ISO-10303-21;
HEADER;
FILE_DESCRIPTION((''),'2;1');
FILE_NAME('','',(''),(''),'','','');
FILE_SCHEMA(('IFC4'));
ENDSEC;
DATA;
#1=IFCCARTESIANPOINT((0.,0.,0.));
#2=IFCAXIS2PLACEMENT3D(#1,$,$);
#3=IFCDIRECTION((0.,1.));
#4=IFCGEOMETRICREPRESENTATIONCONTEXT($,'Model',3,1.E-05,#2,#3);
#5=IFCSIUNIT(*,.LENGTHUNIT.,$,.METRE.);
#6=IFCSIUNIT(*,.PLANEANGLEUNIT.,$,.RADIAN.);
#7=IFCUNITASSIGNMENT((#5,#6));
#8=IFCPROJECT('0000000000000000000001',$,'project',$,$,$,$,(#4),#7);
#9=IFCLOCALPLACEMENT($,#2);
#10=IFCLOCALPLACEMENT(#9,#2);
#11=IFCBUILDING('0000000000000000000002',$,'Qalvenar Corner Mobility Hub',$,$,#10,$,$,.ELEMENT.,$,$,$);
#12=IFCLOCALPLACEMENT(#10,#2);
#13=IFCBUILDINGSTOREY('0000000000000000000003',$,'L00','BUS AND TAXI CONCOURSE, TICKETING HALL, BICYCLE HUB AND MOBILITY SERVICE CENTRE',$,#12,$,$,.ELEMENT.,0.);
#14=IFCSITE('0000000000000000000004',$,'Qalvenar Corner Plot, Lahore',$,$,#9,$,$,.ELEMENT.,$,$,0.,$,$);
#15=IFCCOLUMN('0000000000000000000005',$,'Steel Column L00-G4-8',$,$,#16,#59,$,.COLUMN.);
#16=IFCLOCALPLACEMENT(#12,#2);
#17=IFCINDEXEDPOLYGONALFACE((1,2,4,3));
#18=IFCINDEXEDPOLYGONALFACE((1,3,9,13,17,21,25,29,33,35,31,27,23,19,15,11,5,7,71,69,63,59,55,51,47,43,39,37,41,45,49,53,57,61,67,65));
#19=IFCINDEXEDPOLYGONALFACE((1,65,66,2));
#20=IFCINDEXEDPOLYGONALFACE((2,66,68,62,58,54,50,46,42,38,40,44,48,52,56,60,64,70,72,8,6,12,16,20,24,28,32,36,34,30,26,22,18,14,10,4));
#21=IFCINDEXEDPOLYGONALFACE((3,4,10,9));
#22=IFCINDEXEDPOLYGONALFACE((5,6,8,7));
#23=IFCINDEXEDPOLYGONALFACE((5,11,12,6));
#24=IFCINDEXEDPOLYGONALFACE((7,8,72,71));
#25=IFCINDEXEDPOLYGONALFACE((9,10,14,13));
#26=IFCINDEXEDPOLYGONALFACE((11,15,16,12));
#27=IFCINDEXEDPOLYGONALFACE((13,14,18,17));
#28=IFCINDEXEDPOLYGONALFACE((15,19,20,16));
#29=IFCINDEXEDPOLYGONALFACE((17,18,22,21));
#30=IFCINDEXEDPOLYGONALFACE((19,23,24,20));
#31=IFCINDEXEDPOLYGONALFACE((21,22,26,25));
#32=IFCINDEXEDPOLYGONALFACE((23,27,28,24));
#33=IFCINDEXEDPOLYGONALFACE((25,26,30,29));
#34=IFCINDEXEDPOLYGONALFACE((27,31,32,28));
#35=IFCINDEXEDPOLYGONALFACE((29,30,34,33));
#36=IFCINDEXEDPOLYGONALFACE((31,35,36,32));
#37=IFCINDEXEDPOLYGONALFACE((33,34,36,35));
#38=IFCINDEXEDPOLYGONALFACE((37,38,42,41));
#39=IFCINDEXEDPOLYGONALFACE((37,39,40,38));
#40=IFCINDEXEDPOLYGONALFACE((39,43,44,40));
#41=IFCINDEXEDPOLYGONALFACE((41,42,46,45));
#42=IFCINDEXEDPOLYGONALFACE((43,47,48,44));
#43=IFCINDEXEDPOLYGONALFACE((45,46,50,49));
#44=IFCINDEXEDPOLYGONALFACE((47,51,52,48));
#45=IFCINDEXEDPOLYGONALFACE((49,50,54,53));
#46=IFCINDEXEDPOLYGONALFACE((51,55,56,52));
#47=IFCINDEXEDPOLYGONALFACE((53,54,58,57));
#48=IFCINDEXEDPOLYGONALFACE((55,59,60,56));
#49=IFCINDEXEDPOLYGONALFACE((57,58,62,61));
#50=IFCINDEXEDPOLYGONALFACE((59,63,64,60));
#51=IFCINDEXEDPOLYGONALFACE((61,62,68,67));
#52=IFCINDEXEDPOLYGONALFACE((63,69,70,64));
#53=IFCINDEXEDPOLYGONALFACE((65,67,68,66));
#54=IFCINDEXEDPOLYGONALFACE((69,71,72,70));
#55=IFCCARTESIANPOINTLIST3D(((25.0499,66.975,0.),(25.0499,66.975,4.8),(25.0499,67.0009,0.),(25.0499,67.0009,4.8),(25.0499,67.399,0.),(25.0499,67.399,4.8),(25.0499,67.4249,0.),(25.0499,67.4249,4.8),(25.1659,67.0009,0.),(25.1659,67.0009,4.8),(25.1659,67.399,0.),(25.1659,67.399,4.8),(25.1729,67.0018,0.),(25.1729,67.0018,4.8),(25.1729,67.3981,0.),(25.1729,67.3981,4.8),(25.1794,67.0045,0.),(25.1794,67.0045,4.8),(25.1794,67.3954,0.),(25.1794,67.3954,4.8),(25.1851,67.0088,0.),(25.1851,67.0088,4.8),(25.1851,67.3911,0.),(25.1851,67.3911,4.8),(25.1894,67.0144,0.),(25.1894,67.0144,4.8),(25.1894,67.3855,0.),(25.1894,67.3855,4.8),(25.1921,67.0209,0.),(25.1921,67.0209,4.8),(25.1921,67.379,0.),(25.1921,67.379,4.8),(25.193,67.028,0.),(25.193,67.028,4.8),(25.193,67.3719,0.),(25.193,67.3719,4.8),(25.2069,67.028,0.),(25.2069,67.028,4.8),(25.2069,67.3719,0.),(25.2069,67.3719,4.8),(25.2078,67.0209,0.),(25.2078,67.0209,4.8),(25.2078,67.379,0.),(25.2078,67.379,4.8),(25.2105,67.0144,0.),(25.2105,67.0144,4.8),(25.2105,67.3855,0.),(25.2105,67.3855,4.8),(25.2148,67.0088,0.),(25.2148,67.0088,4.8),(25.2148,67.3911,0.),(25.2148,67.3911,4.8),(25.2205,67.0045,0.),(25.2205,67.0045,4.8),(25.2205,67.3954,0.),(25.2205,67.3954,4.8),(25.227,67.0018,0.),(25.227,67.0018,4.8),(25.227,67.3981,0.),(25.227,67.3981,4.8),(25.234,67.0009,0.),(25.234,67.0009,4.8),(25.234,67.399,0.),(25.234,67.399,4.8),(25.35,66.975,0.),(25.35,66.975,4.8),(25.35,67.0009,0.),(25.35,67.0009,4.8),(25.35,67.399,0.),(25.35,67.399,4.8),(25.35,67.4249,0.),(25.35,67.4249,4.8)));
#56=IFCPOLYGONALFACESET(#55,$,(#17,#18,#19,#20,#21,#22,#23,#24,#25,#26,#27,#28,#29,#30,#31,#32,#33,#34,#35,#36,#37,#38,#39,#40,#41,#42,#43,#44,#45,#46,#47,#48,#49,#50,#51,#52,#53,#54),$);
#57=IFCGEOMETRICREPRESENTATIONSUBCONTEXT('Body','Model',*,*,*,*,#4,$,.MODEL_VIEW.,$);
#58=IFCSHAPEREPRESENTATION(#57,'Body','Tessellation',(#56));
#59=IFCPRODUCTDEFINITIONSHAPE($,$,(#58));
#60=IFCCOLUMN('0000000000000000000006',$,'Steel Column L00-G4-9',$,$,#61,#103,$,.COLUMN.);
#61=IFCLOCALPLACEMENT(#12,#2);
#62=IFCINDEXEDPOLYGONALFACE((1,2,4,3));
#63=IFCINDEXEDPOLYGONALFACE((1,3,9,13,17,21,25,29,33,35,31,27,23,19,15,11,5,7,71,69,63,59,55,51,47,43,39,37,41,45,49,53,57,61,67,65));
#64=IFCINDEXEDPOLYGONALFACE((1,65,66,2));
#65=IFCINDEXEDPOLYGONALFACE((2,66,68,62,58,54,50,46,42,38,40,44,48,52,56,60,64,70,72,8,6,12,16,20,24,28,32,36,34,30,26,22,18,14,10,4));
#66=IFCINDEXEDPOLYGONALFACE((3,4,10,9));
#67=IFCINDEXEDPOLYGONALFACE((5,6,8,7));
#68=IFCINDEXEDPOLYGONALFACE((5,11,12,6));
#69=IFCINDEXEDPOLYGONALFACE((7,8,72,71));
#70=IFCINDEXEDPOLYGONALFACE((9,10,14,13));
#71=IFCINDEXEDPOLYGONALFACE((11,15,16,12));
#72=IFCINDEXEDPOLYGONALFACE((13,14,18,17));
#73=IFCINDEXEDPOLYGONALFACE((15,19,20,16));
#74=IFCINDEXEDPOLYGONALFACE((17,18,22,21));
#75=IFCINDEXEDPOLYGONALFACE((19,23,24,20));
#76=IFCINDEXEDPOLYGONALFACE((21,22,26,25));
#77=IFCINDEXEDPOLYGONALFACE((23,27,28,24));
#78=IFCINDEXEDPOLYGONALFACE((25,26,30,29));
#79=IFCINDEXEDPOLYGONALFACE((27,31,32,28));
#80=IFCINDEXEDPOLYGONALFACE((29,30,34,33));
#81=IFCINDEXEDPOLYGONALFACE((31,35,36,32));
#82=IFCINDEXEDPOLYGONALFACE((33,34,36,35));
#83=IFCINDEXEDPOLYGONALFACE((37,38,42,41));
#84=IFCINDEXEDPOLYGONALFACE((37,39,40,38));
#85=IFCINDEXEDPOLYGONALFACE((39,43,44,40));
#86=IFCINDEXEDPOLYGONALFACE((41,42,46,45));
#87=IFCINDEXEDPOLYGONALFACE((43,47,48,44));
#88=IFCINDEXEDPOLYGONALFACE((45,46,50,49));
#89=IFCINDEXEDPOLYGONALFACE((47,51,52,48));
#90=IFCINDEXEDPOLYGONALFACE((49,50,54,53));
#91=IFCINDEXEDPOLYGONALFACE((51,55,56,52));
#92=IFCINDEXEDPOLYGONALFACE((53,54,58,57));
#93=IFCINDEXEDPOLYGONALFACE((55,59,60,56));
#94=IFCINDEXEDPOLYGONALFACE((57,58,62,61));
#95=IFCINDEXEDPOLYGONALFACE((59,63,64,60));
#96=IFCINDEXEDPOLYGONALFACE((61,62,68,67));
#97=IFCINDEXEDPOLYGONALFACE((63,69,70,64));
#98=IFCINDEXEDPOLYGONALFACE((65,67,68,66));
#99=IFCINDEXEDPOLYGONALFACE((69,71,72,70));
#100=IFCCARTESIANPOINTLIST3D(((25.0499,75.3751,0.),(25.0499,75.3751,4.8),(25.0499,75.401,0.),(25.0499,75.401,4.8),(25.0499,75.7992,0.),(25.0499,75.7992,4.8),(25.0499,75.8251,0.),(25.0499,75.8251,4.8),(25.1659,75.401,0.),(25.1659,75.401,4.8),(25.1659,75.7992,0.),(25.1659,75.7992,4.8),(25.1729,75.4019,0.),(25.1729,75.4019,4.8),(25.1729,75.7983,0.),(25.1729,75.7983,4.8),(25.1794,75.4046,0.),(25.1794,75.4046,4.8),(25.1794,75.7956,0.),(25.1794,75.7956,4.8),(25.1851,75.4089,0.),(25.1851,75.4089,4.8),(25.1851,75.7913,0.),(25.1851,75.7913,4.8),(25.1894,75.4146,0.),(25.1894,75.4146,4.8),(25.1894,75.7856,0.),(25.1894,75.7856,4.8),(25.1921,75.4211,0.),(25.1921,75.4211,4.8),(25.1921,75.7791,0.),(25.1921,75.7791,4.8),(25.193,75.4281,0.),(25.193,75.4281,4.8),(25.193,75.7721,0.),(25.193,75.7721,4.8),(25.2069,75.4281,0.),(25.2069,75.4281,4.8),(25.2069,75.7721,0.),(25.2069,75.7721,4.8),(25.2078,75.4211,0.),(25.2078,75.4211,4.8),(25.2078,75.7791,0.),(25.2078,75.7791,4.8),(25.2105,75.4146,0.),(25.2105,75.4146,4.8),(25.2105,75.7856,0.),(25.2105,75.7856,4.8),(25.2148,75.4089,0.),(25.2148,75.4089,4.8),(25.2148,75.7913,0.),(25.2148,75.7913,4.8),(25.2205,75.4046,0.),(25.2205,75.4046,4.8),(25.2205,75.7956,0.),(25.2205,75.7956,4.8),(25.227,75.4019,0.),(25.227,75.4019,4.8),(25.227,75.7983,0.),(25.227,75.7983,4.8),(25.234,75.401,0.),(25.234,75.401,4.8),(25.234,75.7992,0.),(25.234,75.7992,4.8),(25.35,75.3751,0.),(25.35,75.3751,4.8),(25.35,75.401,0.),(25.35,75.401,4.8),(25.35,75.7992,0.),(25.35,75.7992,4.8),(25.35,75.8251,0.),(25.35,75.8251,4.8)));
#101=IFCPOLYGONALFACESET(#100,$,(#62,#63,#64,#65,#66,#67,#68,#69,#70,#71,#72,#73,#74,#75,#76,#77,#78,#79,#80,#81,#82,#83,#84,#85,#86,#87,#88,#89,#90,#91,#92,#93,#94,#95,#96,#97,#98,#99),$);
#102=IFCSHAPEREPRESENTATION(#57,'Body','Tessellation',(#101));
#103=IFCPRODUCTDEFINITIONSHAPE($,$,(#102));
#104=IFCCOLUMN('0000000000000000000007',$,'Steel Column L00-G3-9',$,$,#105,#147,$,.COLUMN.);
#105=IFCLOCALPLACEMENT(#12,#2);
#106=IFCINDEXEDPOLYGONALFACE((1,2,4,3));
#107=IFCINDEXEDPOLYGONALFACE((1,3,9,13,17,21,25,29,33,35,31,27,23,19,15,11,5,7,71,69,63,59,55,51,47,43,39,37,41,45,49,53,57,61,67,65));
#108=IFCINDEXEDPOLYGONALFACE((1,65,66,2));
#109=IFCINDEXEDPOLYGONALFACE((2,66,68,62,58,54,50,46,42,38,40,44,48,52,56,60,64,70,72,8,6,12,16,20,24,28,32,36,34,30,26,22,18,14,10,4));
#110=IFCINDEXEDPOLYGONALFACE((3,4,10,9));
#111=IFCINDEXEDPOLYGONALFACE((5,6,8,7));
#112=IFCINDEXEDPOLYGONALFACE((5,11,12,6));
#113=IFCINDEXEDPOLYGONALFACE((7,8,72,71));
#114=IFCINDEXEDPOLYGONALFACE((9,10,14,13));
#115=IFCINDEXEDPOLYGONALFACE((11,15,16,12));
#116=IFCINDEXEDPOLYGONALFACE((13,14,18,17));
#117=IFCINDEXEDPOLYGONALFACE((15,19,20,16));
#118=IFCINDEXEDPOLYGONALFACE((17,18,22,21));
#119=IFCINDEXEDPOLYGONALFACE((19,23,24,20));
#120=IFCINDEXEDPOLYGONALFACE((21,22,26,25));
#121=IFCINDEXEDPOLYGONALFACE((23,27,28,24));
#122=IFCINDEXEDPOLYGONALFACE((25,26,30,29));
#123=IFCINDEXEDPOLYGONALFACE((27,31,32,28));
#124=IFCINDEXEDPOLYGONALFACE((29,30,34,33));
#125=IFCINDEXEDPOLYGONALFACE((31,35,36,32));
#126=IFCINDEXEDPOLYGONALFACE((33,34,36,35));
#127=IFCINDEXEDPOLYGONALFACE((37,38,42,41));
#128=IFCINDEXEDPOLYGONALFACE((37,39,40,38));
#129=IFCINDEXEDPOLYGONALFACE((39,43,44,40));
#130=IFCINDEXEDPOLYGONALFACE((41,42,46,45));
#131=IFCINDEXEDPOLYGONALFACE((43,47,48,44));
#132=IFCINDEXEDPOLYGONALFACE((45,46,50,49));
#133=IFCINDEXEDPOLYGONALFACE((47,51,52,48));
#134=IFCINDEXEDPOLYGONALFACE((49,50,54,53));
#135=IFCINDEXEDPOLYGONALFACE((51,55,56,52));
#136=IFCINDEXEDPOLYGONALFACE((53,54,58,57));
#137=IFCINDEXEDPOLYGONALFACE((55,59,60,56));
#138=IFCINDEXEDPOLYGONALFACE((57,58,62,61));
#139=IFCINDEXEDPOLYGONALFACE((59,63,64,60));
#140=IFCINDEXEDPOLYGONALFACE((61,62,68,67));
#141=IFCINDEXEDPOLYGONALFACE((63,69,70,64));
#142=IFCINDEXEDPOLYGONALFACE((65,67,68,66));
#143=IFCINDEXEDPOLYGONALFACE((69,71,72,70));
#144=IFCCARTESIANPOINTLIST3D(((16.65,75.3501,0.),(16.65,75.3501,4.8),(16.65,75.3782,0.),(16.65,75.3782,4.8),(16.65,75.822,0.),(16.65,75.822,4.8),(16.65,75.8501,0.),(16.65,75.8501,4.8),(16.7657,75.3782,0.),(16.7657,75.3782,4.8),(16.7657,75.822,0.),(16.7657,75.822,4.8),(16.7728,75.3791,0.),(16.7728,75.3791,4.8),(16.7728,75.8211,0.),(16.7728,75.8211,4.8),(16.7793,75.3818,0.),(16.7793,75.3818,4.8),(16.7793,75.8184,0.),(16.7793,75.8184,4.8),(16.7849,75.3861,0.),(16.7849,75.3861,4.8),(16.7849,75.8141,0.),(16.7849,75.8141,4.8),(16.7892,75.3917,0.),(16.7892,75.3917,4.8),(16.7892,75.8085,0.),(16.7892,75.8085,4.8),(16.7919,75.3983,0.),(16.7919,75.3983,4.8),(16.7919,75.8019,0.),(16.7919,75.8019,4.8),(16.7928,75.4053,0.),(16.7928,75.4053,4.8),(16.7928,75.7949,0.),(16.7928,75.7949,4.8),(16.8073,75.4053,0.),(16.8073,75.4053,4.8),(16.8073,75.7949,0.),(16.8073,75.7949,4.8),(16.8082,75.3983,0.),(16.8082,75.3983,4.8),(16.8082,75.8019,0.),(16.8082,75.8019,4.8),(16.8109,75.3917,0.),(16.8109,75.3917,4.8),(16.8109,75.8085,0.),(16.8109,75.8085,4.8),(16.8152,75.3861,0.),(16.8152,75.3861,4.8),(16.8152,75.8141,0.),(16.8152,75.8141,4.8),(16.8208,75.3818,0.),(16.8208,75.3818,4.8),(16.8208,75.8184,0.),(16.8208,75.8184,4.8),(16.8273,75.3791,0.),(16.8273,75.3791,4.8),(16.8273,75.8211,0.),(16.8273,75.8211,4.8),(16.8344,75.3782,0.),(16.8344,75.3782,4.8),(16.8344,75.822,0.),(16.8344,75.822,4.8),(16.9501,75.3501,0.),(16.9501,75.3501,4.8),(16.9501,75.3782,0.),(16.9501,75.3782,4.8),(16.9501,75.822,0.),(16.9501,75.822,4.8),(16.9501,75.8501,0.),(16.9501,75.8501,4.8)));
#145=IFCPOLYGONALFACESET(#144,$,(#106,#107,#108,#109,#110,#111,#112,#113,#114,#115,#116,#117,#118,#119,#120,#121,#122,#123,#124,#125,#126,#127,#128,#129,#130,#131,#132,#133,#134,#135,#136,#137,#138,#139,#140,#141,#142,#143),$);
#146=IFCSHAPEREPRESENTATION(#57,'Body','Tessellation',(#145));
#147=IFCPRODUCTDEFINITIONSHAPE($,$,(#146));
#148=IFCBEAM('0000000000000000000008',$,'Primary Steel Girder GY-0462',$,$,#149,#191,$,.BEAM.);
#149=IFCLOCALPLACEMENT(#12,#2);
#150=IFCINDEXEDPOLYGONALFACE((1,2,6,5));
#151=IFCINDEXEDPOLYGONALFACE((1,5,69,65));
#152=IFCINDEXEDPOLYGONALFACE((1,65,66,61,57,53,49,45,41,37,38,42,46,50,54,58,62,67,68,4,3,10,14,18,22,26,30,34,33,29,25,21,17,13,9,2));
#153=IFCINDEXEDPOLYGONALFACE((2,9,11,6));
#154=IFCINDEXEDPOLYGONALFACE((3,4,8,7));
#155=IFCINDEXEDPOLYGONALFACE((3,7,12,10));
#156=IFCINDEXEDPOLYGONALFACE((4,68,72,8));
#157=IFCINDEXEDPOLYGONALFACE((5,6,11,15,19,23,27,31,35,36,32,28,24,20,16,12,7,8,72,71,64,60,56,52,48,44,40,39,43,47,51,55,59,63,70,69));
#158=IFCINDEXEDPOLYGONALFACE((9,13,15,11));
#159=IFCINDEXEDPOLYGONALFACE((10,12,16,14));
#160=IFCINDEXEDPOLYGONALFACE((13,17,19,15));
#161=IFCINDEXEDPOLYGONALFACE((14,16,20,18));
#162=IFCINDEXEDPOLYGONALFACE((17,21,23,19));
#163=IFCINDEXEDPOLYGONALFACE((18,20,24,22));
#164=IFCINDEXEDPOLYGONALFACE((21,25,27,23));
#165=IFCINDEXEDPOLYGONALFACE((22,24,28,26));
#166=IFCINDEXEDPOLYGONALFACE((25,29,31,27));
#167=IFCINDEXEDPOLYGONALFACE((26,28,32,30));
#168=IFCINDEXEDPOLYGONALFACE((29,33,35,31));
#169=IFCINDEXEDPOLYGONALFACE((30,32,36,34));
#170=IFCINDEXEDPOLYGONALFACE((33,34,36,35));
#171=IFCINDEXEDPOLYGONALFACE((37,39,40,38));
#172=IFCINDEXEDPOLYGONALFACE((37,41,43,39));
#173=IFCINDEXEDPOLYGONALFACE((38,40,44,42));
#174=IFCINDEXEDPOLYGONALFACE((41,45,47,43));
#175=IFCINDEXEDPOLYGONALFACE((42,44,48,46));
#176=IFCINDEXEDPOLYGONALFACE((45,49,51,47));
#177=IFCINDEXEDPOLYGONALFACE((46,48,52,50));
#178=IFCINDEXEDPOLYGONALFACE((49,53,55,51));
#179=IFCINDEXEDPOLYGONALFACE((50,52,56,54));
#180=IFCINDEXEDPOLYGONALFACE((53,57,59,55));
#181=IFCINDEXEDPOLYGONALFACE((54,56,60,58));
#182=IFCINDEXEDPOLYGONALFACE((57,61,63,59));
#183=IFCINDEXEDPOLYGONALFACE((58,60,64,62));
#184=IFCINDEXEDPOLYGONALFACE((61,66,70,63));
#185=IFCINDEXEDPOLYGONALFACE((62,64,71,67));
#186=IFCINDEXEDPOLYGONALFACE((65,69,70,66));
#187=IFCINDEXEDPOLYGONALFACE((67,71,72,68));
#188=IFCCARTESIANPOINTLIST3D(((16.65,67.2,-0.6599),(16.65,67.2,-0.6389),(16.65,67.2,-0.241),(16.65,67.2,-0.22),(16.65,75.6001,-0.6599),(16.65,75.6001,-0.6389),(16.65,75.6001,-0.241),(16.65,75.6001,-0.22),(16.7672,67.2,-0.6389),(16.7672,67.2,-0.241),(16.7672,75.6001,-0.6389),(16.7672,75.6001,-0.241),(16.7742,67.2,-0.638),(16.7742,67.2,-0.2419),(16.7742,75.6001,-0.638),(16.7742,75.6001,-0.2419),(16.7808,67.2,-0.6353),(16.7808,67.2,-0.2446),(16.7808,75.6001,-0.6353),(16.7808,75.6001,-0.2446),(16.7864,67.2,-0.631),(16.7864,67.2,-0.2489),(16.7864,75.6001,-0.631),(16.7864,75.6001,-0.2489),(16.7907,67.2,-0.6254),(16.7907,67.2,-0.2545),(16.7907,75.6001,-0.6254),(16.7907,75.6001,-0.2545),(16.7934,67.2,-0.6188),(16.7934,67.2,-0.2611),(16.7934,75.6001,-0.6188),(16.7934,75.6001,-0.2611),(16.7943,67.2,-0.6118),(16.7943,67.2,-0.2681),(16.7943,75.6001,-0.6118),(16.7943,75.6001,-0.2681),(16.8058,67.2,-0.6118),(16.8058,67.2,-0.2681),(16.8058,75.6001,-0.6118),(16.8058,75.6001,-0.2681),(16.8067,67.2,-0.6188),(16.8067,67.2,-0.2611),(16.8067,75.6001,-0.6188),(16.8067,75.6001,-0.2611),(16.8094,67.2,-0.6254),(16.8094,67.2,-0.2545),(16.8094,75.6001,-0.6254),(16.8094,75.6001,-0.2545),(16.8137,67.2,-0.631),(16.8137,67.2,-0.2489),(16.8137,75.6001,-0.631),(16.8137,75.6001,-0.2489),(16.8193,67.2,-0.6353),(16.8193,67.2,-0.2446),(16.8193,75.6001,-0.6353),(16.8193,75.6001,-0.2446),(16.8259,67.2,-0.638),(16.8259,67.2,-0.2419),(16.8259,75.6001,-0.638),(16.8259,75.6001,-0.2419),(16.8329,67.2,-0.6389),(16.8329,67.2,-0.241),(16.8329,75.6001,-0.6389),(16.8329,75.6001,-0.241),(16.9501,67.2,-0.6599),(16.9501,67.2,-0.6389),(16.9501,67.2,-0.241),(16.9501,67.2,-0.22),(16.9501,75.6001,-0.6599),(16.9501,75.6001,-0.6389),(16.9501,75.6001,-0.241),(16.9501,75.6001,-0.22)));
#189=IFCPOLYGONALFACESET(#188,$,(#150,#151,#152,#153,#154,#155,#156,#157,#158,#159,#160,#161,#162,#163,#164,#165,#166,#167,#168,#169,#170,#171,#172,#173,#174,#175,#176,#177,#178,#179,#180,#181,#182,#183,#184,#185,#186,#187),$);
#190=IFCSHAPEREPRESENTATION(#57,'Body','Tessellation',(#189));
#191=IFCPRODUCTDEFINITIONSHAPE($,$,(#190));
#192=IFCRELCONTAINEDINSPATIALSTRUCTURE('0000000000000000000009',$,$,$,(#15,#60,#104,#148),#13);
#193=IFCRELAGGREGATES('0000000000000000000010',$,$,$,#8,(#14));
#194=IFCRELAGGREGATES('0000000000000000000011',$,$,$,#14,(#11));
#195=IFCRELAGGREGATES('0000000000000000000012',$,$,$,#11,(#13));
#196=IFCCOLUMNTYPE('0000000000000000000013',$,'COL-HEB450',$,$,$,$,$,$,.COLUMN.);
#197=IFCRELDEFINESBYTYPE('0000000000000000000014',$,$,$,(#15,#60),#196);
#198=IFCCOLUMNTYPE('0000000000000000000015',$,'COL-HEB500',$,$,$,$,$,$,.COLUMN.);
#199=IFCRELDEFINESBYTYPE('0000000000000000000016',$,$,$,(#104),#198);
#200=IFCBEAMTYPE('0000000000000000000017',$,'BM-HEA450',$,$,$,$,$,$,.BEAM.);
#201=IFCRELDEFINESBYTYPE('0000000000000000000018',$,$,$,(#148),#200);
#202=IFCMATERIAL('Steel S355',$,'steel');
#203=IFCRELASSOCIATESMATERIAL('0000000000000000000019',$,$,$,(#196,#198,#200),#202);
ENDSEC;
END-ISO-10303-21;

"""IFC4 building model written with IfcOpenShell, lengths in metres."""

from ifc_helpers import new_model, si_unit, direction, frame, origin, origin_2d, place, context, subcontext, project, spatial, i_section, extrude, material, material_profile, profile_set, type_object, element, save


model = new_model("IFC4")

# Units and contexts
model_context = context("Model", 3, precision=1e-05, world=origin(), true_north=direction((0.0, 1.0)))
body_context = subcontext(model_context, "Body", "Model", "MODEL_VIEW")
ifc_project = project(units=[si_unit("LENGTHUNIT", "METRE"), si_unit("PLANEANGLEUNIT", "RADIAN")], contexts=[model_context])

# Site, building, storey
site_placement = place(None, origin())
site = spatial("IfcSite", under=ifc_project, at=site_placement, Name="Qalvenar Corner Plot, Lahore", CompositionType="ELEMENT", RefElevation=0.0)
building_placement = place(site_placement, origin())
building = spatial("IfcBuilding", under=site, at=building_placement, Name="Qalvenar Corner Mobility Hub", CompositionType="ELEMENT")
storey_placement = place(building_placement, origin())
storey = spatial("IfcBuildingStorey", under=building, at=storey_placement, Name="L00", Description="BUS AND TAXI CONCOURSE, TICKETING HALL, BICYCLE HUB AND MOBILITY SERVICE CENTRE", CompositionType="ELEMENT", Elevation=0.0)

# Columns
ifc_material_1 = material(Name="Steel S355", Category="steel")
ifc_material_profile_1 = material_profile(ifc_material_1, i_section(OverallWidth=0.3, OverallDepth=0.45, WebThickness=0.0139, FlangeThickness=0.0259, FilletRadius=0.0271, at=origin_2d()), Name="HEB450")
ifc_profile_set_1 = profile_set([ifc_material_profile_1], Name="Steel S355")
column_type_1 = type_object("IfcColumnType", Name="COL-HEB450", PredefinedType="COLUMN", material=ifc_profile_set_1)
for number, where, z_axis, x_axis, name in (
    (1, (25.2, 67.2, 0.0), (0.0, 0.0, 1.0), (1.0, 0.0, 0.0), "Steel Column L00-G4-8"),
    (2, (25.2, 75.6001, 0.0), (0.0, 0.0, 1.0), (1.0, 0.0, 0.0), "Steel Column L00-G4-9"),
):
    element("IfcColumn", number, at=place(storey_placement, frame(where, z_axis=z_axis, x_axis=x_axis)), inside=storey, type_object=column_type_1, Name=name, PredefinedType="COLUMN", context=body_context, shape_type="SweptSolid", body=[
        extrude(i_section(OverallWidth=0.3, OverallDepth=0.45, WebThickness=0.0139, FlangeThickness=0.0259, FilletRadius=0.0271, at=origin_2d()), origin(), (0.0, 0.0, 1.0), 4.8),
    ])
ifc_material_profile_2 = material_profile(ifc_material_1, i_section(OverallWidth=0.3, OverallDepth=0.5, WebThickness=0.0144, FlangeThickness=0.0281, FilletRadius=0.0271, at=origin_2d()), Name="HEB500")
ifc_profile_set_2 = profile_set([ifc_material_profile_2], Name="Steel S355")
column_type_2 = type_object("IfcColumnType", Name="COL-HEB500", PredefinedType="COLUMN", material=ifc_profile_set_2)
column_placement = place(storey_placement, frame((16.8, 75.6001, 0.0), z_axis=(0.0, 0.0, 1.0), x_axis=(1.0, 0.0, 0.0)))
element("IfcColumn", 3, at=column_placement, inside=storey, type_object=column_type_2, Name="Steel Column L00-G3-9", PredefinedType="COLUMN", context=body_context, shape_type="SweptSolid", body=[
    extrude(i_section(OverallWidth=0.3, OverallDepth=0.5, WebThickness=0.0144, FlangeThickness=0.0281, FilletRadius=0.0271, at=origin_2d()), origin(), (0.0, 0.0, 1.0), 4.8),
])

# Beam
ifc_material_profile_3 = material_profile(ifc_material_1, i_section(OverallWidth=0.3, OverallDepth=0.4399, WebThickness=0.0115, FlangeThickness=0.021, FilletRadius=0.0271, at=origin_2d()), Name="HEA450")
ifc_profile_set_3 = profile_set([ifc_material_profile_3], Name="Steel S355")
beam_type_1 = type_object("IfcBeamType", Name="BM-HEA450", PredefinedType="BEAM", material=ifc_profile_set_3)
beam_1_placement = place(storey_placement, frame((16.8, 67.2, -0.4399), z_axis=(0.0, 1.0, 0.0), x_axis=(-1.0, 0.0, 0.0)))
element("IfcBeam", 4, at=beam_1_placement, inside=storey, type_object=beam_type_1, Name="Primary Steel Girder GY-0462", PredefinedType="BEAM", context=body_context, shape_type="SweptSolid", body=[
    extrude(i_section(OverallWidth=0.3, OverallDepth=0.4399, WebThickness=0.0115, FlangeThickness=0.021, FilletRadius=0.0271, at=origin_2d()), origin(), (0.0, 0.0, 1.0), 8.4001),
])

save(model, "model.ifc")
